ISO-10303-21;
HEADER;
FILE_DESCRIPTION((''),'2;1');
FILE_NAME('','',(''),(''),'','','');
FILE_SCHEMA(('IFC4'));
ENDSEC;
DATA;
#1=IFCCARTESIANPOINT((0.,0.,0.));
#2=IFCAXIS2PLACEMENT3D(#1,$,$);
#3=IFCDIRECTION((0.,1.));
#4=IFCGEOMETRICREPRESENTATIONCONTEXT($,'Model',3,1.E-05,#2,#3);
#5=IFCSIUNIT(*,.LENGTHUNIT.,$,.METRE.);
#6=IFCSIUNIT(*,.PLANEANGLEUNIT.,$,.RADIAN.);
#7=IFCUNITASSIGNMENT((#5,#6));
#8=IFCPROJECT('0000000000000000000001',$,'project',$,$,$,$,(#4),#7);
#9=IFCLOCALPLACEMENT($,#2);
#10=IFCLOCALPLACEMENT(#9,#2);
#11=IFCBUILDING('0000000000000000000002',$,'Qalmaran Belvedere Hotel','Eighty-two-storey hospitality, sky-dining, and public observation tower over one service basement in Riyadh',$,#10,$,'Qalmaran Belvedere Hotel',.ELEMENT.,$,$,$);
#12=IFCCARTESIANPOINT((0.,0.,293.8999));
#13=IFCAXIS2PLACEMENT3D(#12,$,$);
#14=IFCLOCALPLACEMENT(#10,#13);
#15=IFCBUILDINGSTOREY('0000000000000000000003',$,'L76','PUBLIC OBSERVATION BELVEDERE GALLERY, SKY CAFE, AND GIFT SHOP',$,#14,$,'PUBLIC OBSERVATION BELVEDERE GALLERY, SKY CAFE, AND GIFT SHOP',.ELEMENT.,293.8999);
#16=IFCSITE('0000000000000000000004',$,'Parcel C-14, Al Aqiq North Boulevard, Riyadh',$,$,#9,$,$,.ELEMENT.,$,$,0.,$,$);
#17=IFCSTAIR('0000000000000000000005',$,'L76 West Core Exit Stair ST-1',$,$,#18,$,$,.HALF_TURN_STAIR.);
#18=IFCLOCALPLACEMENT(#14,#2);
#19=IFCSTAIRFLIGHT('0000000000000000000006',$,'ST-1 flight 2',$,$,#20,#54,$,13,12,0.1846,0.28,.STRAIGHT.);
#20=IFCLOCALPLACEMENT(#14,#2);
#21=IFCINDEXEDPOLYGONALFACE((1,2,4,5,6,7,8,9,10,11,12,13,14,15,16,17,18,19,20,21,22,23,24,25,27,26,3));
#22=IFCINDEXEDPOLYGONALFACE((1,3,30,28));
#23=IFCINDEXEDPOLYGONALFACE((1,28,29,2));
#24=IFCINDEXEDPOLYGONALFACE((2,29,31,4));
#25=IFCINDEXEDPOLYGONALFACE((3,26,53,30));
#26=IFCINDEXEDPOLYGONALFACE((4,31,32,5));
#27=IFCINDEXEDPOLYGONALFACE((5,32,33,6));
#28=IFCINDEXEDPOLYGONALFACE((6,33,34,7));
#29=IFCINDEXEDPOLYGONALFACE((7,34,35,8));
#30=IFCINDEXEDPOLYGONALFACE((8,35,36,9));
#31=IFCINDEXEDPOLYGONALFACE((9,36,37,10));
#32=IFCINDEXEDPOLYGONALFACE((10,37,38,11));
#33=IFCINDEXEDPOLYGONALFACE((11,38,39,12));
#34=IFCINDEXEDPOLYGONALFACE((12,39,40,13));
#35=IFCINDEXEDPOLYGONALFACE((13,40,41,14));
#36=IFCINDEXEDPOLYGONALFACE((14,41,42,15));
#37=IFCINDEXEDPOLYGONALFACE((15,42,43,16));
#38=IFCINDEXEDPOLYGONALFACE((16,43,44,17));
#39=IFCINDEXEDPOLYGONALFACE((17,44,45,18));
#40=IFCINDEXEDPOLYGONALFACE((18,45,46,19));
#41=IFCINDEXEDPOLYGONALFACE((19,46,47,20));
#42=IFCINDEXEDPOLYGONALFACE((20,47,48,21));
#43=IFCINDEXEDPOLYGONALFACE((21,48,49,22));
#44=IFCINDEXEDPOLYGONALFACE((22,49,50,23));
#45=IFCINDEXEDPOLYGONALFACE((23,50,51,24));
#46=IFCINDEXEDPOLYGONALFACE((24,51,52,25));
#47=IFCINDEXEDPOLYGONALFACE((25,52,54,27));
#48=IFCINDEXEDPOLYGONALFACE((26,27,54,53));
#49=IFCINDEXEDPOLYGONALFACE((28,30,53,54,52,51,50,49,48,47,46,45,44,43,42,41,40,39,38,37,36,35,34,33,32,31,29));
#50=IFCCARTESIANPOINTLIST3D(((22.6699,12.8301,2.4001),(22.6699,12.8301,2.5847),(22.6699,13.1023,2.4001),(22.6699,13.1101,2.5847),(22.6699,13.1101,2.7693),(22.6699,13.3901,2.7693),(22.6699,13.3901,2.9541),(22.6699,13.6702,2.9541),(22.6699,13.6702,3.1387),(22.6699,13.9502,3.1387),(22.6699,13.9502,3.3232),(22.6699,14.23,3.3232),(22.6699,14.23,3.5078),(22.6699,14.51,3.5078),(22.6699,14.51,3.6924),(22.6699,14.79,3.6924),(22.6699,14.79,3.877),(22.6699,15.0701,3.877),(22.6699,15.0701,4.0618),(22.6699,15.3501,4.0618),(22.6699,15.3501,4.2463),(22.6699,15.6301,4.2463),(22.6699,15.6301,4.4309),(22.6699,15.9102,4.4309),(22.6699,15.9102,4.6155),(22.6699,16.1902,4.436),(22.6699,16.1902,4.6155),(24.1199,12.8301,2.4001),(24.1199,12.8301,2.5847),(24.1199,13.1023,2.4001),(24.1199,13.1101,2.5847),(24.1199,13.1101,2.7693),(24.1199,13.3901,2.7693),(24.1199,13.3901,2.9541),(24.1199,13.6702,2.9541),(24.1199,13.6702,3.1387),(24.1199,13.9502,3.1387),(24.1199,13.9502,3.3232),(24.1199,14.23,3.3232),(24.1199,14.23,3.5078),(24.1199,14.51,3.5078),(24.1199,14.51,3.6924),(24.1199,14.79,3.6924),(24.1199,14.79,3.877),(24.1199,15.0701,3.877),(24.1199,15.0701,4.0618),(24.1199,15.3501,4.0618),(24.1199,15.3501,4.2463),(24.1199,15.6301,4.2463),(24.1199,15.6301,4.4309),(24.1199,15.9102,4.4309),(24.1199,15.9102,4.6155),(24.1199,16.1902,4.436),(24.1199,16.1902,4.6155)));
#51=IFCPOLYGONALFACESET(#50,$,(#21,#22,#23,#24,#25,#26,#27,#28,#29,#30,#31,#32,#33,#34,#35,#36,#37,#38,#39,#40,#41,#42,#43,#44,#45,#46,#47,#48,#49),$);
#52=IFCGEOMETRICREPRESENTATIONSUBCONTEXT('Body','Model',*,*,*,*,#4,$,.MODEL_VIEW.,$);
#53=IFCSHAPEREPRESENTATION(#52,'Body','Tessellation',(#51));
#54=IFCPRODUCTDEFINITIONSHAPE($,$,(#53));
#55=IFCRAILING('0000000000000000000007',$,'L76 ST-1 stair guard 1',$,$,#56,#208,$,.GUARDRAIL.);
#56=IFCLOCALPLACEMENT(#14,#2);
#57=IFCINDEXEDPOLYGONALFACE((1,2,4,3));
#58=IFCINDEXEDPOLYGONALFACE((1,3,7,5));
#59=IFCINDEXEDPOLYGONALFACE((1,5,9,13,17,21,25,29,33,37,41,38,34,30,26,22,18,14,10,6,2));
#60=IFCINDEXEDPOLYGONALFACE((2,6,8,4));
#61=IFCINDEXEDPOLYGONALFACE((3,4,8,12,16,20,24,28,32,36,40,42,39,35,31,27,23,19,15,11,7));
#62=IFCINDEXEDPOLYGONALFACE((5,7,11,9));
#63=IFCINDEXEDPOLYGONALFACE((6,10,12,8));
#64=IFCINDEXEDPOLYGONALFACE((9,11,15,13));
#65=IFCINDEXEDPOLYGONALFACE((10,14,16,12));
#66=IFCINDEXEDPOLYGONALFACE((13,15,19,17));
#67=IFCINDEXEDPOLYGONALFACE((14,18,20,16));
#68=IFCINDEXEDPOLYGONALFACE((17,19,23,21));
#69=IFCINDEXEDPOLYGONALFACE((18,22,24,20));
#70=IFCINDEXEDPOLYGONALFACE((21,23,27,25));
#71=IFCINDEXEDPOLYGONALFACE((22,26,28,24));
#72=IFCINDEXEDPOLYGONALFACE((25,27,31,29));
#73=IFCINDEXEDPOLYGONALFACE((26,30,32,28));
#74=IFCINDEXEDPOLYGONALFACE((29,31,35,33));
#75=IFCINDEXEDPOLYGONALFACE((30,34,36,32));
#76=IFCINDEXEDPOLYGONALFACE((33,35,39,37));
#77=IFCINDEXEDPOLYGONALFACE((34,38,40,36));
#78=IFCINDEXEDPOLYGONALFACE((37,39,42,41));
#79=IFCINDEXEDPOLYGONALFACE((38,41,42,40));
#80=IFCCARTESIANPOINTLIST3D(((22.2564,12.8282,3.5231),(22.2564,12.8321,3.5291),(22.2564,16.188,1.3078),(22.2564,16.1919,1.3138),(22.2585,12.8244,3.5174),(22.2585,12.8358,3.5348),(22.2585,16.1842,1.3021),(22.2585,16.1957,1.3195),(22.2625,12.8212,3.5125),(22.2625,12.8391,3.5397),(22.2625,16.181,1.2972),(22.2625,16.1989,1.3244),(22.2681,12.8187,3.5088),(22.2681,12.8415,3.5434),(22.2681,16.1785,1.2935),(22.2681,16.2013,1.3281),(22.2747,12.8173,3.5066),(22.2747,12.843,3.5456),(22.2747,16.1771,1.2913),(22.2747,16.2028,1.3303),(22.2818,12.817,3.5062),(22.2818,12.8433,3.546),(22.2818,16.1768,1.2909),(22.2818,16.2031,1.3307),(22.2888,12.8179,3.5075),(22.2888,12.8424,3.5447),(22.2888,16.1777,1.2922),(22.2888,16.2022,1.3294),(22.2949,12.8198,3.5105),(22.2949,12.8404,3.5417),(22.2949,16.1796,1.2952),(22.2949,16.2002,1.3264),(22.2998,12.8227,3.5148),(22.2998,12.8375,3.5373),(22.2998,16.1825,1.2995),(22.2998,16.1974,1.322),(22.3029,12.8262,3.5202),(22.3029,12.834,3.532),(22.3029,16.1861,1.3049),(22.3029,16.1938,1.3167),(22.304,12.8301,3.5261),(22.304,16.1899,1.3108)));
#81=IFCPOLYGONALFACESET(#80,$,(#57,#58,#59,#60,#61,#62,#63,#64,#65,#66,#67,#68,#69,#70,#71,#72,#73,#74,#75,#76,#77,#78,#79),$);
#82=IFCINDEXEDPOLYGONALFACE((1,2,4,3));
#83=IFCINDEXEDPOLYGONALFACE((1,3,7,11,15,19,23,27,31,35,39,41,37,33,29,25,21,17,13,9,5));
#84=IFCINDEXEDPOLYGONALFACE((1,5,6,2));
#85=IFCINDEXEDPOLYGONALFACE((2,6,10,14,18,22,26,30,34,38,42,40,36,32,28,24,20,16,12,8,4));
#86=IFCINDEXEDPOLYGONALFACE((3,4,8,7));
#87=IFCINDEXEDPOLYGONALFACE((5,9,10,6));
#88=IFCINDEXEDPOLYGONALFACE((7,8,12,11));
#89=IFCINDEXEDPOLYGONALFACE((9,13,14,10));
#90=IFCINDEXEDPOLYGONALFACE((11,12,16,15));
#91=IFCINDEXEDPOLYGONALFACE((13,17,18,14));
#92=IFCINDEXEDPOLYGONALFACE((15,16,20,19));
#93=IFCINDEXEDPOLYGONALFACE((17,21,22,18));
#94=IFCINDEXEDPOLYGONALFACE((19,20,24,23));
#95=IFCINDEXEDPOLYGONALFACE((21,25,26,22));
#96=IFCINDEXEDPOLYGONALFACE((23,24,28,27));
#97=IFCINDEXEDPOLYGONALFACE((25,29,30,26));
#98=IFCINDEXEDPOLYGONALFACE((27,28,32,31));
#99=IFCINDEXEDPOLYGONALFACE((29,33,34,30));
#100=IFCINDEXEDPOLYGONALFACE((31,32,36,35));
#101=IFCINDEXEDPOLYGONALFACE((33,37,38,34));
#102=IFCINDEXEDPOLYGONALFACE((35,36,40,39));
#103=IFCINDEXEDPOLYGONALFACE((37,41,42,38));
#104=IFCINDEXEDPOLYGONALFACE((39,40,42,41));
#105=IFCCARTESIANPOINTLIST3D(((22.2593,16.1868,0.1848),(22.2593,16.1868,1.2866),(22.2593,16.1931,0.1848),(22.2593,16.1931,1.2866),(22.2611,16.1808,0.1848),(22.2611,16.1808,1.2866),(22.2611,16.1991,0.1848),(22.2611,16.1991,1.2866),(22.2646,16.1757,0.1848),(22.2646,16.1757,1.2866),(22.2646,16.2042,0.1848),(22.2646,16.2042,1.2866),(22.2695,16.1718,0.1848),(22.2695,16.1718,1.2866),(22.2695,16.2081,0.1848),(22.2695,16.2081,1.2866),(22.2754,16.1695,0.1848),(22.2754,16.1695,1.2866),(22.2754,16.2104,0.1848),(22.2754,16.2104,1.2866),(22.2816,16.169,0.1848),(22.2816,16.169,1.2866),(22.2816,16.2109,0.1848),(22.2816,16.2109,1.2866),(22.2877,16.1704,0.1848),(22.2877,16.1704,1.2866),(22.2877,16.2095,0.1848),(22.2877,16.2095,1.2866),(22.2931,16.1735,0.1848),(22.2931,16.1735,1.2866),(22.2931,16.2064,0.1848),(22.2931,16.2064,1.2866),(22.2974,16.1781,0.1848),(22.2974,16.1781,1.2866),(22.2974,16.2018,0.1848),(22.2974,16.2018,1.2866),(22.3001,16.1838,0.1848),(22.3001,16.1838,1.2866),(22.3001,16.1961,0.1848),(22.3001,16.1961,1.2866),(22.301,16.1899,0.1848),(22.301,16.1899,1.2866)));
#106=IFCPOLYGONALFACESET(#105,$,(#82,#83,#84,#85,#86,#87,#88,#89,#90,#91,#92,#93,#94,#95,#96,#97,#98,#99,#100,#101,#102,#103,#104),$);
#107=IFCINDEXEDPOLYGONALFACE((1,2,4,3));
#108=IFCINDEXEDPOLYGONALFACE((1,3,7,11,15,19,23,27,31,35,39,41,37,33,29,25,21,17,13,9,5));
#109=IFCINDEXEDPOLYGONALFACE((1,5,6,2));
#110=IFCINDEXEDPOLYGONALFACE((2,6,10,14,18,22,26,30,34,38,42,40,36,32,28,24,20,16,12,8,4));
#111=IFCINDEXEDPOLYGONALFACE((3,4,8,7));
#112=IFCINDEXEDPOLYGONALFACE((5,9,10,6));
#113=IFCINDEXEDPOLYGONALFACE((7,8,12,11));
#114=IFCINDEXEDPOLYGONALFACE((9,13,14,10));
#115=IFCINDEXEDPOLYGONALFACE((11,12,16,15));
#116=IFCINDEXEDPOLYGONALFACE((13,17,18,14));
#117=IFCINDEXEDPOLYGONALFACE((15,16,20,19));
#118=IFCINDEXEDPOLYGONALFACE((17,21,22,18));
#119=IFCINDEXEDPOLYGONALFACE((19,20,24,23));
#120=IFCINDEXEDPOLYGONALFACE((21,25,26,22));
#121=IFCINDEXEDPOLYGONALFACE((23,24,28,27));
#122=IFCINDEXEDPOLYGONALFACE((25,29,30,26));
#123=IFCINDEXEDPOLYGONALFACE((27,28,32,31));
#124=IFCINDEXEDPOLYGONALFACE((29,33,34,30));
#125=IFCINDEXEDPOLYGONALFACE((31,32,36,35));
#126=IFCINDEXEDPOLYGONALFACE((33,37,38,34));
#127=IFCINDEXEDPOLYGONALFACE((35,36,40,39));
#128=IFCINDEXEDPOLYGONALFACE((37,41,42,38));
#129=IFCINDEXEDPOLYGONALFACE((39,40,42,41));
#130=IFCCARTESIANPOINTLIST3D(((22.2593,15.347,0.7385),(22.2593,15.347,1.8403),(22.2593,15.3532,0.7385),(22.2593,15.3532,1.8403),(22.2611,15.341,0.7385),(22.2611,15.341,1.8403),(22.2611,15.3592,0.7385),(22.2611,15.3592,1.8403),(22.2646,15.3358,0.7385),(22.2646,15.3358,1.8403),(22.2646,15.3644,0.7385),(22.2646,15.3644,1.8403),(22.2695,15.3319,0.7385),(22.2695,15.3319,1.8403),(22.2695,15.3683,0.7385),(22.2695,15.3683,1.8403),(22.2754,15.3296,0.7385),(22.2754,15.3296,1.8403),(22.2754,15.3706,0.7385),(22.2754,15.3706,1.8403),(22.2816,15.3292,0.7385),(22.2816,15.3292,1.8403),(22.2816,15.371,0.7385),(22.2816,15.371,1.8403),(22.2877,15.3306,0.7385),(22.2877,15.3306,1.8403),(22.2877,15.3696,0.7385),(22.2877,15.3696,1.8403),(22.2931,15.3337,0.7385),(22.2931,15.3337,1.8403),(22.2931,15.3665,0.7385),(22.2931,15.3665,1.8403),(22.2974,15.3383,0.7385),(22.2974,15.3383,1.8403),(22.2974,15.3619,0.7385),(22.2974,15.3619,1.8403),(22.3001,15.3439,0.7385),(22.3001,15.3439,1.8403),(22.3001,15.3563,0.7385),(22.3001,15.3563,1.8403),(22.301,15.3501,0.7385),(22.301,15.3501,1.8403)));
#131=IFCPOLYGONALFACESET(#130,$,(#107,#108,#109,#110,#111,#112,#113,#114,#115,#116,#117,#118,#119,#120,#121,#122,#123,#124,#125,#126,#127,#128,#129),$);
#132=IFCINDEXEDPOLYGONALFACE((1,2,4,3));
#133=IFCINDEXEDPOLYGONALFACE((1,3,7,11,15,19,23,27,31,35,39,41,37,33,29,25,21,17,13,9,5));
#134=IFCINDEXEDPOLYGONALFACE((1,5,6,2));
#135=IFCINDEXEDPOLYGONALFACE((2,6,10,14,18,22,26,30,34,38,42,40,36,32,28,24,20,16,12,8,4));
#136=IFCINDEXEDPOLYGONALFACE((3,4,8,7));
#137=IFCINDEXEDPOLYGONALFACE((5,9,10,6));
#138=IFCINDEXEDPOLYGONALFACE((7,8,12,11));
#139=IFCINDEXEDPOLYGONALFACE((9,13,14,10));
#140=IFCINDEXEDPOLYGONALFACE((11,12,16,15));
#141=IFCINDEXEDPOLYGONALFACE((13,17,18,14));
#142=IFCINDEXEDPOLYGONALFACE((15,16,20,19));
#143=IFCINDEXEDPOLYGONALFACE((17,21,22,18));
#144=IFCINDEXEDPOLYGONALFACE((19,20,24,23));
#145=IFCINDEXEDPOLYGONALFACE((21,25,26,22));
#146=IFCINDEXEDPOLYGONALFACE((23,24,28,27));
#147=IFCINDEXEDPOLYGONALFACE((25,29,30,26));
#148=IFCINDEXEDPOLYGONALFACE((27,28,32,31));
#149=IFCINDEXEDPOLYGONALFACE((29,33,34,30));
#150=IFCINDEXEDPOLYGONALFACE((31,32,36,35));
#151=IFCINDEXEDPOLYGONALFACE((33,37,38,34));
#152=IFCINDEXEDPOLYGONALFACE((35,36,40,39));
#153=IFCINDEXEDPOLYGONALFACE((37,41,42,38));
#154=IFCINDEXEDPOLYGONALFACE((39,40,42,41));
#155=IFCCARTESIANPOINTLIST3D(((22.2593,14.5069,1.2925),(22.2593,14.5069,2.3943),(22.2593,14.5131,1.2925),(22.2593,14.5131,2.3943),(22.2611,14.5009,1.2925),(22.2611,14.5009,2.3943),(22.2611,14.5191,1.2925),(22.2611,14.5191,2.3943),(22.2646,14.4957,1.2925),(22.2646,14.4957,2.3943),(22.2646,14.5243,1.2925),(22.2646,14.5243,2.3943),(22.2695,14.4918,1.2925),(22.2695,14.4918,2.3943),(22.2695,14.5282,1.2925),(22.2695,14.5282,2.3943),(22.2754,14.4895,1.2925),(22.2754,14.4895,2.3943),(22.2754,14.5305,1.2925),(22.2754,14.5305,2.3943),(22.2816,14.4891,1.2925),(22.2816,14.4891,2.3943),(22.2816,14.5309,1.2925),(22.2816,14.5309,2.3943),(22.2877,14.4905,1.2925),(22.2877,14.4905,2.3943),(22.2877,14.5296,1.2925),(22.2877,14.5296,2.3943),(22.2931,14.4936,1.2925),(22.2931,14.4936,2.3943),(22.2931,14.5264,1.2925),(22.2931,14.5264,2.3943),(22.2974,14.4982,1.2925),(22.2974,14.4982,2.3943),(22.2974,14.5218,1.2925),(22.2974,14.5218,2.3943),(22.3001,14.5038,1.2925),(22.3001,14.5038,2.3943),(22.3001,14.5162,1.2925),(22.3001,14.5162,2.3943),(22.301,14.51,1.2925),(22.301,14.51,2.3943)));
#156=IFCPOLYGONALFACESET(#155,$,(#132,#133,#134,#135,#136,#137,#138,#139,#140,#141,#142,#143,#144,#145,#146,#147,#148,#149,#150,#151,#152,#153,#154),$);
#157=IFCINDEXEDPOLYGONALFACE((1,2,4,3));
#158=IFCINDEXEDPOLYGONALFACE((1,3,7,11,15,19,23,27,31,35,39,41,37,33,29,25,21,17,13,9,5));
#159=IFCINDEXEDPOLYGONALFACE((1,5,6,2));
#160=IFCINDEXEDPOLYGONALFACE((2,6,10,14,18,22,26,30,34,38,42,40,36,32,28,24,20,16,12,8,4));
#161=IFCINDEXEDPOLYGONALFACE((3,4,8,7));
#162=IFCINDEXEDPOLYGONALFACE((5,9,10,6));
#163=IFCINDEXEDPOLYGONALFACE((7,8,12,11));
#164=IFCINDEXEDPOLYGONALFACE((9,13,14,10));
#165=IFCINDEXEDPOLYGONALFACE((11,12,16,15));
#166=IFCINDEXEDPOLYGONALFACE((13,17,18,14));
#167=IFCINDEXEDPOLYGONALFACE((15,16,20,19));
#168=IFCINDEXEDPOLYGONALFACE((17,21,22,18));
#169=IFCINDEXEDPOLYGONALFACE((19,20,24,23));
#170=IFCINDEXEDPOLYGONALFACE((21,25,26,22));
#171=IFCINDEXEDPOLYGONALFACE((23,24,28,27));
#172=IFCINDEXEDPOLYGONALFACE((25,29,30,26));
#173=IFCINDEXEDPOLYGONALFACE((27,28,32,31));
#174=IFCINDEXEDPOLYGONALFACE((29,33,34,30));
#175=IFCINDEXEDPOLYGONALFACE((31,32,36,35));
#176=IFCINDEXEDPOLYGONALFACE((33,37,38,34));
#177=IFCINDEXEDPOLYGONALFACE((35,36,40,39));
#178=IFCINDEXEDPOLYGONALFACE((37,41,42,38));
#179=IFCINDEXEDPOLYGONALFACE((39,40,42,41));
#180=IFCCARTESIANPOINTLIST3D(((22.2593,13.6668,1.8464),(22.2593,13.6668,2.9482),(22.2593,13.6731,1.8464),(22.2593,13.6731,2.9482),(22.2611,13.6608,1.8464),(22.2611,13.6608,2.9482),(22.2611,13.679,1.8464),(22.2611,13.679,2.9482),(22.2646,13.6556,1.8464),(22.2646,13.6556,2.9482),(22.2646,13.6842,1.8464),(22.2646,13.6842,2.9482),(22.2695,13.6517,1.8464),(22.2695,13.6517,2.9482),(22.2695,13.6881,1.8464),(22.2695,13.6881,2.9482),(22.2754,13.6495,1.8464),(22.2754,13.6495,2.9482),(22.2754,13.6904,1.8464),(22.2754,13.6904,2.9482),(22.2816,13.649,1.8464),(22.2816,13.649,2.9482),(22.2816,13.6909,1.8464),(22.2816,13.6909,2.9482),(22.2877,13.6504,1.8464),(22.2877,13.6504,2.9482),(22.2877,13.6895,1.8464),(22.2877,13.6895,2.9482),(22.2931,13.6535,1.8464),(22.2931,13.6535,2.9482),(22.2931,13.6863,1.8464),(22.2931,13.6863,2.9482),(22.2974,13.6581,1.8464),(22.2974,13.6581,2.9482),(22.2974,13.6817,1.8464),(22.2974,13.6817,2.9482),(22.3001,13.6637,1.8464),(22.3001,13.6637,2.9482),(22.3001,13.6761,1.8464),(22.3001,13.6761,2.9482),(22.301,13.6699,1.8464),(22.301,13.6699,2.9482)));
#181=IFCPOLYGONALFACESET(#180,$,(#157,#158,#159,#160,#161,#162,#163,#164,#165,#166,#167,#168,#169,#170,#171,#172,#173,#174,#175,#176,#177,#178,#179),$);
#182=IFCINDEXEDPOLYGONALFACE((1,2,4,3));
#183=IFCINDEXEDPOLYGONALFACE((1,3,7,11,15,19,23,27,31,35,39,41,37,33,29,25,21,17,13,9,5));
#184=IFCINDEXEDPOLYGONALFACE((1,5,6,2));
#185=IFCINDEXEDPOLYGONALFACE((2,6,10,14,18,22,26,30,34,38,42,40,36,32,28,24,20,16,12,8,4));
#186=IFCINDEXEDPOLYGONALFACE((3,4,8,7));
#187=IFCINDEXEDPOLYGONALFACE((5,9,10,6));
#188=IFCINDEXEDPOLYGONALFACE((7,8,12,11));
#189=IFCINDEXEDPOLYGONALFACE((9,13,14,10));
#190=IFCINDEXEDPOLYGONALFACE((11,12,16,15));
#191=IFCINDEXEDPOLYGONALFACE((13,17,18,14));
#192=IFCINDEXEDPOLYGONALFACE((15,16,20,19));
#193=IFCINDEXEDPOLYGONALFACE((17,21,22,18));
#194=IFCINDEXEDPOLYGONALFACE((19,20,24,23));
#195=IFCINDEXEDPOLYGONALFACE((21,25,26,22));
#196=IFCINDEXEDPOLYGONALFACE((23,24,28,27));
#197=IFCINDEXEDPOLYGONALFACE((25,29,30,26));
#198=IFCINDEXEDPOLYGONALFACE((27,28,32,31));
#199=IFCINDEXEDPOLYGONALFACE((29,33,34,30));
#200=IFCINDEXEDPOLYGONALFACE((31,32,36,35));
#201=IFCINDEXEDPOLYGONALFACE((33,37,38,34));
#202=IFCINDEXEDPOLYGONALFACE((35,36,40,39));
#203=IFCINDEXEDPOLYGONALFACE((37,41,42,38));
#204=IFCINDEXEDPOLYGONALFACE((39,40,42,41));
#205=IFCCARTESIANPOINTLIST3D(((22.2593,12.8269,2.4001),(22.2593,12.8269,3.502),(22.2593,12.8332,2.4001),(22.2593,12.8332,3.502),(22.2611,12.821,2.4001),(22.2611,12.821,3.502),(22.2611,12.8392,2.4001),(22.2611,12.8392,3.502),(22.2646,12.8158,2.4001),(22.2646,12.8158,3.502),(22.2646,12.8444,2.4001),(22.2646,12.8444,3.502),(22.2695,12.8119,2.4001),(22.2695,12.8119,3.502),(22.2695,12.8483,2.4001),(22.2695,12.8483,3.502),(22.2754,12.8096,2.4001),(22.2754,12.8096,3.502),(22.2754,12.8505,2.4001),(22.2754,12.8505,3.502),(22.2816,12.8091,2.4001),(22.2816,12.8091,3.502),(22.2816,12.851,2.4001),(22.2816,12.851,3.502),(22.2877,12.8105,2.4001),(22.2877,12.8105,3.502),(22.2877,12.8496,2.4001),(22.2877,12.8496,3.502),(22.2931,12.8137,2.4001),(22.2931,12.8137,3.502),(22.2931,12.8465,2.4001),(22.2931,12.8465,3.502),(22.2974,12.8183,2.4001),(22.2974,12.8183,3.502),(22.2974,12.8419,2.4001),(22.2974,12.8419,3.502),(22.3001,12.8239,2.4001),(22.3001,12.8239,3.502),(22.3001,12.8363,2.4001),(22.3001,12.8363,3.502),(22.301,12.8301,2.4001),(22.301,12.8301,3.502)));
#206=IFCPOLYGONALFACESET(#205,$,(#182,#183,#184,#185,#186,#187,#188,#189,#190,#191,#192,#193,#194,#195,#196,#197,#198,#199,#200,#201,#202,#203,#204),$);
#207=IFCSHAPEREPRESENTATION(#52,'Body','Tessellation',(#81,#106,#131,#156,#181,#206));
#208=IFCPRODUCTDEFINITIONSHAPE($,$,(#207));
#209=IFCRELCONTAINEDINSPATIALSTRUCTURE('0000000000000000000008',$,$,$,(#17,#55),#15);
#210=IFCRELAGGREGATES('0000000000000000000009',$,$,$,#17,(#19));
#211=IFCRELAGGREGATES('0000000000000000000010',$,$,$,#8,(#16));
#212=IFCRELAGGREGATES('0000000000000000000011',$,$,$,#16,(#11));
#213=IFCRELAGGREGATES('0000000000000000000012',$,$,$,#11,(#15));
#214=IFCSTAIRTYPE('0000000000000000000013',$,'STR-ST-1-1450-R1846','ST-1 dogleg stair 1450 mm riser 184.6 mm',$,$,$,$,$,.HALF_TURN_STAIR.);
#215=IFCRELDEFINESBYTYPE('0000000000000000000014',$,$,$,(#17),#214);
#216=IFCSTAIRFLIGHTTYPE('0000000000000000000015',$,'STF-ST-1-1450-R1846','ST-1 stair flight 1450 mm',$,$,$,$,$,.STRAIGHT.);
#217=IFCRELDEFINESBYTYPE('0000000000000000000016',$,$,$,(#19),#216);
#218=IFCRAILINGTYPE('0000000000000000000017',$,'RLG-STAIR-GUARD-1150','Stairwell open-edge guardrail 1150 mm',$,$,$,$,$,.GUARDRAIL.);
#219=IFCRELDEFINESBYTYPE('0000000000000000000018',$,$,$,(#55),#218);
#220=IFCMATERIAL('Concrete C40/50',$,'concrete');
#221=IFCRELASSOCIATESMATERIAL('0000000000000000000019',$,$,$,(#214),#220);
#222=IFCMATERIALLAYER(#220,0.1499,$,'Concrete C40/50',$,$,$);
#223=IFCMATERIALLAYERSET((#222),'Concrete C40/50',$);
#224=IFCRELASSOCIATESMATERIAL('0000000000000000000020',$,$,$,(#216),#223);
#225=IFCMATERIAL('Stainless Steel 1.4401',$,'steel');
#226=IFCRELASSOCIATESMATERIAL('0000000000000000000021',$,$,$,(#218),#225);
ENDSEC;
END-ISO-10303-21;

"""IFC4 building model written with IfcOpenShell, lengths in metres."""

from ifc_helpers import new_model, si_unit, direction, frame, origin, origin_2d, place, context, subcontext, project, spatial, polyline, circle, outline, extrude, material, layer, layer_set, type_object, element, aggregate, save


model = new_model("IFC4")

# Units and contexts
model_context = context("Model", 3, precision=1e-05, world=origin(), true_north=direction((0.0, 1.0)))
body_context = subcontext(model_context, "Body", "Model", "MODEL_VIEW")
ifc_project = project(units=[si_unit("LENGTHUNIT", "METRE"), si_unit("PLANEANGLEUNIT", "RADIAN")], contexts=[model_context])

# Site, building, storey
site_placement = place(None, origin())
site = spatial("IfcSite", under=ifc_project, at=site_placement, Name="Parcel C-14, Al Aqiq North Boulevard, Riyadh", CompositionType="ELEMENT", RefElevation=0.0)
building_placement = place(site_placement, origin())
building = spatial("IfcBuilding", under=site, at=building_placement, Name="Qalmaran Belvedere Hotel", Description="Eighty-two-storey hospitality, sky-dining, and public observation tower over one service basement in Riyadh", LongName="Qalmaran Belvedere Hotel", CompositionType="ELEMENT")
storey_placement = place(building_placement, frame((0.0, 0.0, 293.8999)))
storey = spatial("IfcBuildingStorey", under=building, at=storey_placement, Name="L76", Description="PUBLIC OBSERVATION BELVEDERE GALLERY, SKY CAFE, AND GIFT SHOP", LongName="PUBLIC OBSERVATION BELVEDERE GALLERY, SKY CAFE, AND GIFT SHOP", CompositionType="ELEMENT", Elevation=293.8999)

# Shared definitions
ifc_material_1 = material(Name="Stainless Steel 1.4401", Category="steel")

# Stair, stair flight
ifc_material_2 = material(Name="Concrete C40/50", Category="concrete")
stair_type = type_object("IfcStairType", Name="STR-ST-1-1450-R1846", Description="ST-1 dogleg stair 1450 mm riser 184.6 mm", PredefinedType="HALF_TURN_STAIR", material=ifc_material_2)
stair_placement = place(storey_placement, origin())
stair = element("IfcStair", 1, at=stair_placement, inside=storey, type_object=stair_type, Name="L76 West Core Exit Stair ST-1", PredefinedType="HALF_TURN_STAIR")
ifc_layer_1 = layer(ifc_material_2, 0.1499, Name="Concrete C40/50")
ifc_layer_set_1 = layer_set([ifc_layer_1], Name="Concrete C40/50")
stair_flight_type = type_object("IfcStairFlightType", Name="STF-ST-1-1450-R1846", Description="ST-1 stair flight 1450 mm", PredefinedType="STRAIGHT", material=ifc_layer_set_1)
stair_flight_1_placement = place(storey_placement, frame((23.395, 12.8301, 2.4001), z_axis=(0.0, 0.0, 1.0), x_axis=(0.0, 1.0, 0.0)))
stair_flight_1 = element("IfcStairFlight", 2, at=stair_flight_1_placement, type_object=stair_flight_type, Name="ST-1 flight 2", NumberOfRisers=13, NumberOfTreads=12, PredefinedType="STRAIGHT", RiserHeight=0.1846, TreadLength=0.28, context=body_context, shape_type="SweptSolid", body=[
    extrude(outline(polyline([(0.0, 0.0), (0.0, 0.1846), (0.28, 0.1846), (0.28, 0.3691), (0.5601, 0.3691), (0.5601, 0.554), (0.8401, 0.554), (0.8401, 0.7385), (1.1201, 0.7385), (1.1201, 0.9231), (1.3999, 0.9231), (1.3999, 1.1077), (1.6799, 1.1077), (1.6799, 1.2922), (1.96, 1.2922), (1.96, 1.4768), (2.24, 1.4768), (2.24, 1.6616), (2.52, 1.6616), (2.52, 1.8462), (2.8, 1.8462), (2.8, 2.0308), (3.0801, 2.0308), (3.0801, 2.2153), (3.3601, 2.2153), (3.3601, 2.3999), (3.3601, 2.0359), (0.2722, 0.0), (0.0, 0.0)])), frame((0.0, 0.7251, 0.0), z_axis=(0.0, -1.0, 0.0), x_axis=(1.0, 0.0, 0.0)), (0.0, 0.0, 1.0), 1.45),
])
aggregate(stair, [stair_flight_1])

# Railing
railing_type_1 = type_object("IfcRailingType", Name="RLG-STAIR-GUARD-1150", Description="Stairwell open-edge guardrail 1150 mm", PredefinedType="GUARDRAIL", material=ifc_material_1)
railing_1_placement = place(storey_placement, frame((22.28, 16.1899, 0.1848)))
element("IfcRailing", 3, at=railing_1_placement, inside=storey, type_object=railing_type_1, Name="L76 ST-1 stair guard 1", PredefinedType="GUARDRAIL", context=body_context, shape_type="SweptSolid", body=[
    extrude(circle(Radius=0.0239, at=origin_2d()), frame((0.0, 0.0, 1.126), z_axis=(0.0, -0.834858, 0.550465), x_axis=(1.0, 0.0, 0.0)), (0.0, 0.0, 1.0), 4.0244),
    extrude(circle(Radius=0.021, at=origin_2d()), origin(), (0.0, 0.0, 1.0), 1.1018),
    extrude(circle(Radius=0.021, at=origin_2d()), frame((0.0, -0.8398, 0.5537)), (0.0, 0.0, 1.0), 1.1018),
    extrude(circle(Radius=0.021, at=origin_2d()), frame((0.0, -1.6799, 1.1077)), (0.0, 0.0, 1.0), 1.1018),
    extrude(circle(Radius=0.021, at=origin_2d()), frame((0.0, -2.52, 1.6616)), (0.0, 0.0, 1.0), 1.1018),
    extrude(circle(Radius=0.021, at=origin_2d()), frame((0.0, -3.3599, 2.2153)), (0.0, 0.0, 1.0), 1.1018),
])

save(model, "model.ifc")
